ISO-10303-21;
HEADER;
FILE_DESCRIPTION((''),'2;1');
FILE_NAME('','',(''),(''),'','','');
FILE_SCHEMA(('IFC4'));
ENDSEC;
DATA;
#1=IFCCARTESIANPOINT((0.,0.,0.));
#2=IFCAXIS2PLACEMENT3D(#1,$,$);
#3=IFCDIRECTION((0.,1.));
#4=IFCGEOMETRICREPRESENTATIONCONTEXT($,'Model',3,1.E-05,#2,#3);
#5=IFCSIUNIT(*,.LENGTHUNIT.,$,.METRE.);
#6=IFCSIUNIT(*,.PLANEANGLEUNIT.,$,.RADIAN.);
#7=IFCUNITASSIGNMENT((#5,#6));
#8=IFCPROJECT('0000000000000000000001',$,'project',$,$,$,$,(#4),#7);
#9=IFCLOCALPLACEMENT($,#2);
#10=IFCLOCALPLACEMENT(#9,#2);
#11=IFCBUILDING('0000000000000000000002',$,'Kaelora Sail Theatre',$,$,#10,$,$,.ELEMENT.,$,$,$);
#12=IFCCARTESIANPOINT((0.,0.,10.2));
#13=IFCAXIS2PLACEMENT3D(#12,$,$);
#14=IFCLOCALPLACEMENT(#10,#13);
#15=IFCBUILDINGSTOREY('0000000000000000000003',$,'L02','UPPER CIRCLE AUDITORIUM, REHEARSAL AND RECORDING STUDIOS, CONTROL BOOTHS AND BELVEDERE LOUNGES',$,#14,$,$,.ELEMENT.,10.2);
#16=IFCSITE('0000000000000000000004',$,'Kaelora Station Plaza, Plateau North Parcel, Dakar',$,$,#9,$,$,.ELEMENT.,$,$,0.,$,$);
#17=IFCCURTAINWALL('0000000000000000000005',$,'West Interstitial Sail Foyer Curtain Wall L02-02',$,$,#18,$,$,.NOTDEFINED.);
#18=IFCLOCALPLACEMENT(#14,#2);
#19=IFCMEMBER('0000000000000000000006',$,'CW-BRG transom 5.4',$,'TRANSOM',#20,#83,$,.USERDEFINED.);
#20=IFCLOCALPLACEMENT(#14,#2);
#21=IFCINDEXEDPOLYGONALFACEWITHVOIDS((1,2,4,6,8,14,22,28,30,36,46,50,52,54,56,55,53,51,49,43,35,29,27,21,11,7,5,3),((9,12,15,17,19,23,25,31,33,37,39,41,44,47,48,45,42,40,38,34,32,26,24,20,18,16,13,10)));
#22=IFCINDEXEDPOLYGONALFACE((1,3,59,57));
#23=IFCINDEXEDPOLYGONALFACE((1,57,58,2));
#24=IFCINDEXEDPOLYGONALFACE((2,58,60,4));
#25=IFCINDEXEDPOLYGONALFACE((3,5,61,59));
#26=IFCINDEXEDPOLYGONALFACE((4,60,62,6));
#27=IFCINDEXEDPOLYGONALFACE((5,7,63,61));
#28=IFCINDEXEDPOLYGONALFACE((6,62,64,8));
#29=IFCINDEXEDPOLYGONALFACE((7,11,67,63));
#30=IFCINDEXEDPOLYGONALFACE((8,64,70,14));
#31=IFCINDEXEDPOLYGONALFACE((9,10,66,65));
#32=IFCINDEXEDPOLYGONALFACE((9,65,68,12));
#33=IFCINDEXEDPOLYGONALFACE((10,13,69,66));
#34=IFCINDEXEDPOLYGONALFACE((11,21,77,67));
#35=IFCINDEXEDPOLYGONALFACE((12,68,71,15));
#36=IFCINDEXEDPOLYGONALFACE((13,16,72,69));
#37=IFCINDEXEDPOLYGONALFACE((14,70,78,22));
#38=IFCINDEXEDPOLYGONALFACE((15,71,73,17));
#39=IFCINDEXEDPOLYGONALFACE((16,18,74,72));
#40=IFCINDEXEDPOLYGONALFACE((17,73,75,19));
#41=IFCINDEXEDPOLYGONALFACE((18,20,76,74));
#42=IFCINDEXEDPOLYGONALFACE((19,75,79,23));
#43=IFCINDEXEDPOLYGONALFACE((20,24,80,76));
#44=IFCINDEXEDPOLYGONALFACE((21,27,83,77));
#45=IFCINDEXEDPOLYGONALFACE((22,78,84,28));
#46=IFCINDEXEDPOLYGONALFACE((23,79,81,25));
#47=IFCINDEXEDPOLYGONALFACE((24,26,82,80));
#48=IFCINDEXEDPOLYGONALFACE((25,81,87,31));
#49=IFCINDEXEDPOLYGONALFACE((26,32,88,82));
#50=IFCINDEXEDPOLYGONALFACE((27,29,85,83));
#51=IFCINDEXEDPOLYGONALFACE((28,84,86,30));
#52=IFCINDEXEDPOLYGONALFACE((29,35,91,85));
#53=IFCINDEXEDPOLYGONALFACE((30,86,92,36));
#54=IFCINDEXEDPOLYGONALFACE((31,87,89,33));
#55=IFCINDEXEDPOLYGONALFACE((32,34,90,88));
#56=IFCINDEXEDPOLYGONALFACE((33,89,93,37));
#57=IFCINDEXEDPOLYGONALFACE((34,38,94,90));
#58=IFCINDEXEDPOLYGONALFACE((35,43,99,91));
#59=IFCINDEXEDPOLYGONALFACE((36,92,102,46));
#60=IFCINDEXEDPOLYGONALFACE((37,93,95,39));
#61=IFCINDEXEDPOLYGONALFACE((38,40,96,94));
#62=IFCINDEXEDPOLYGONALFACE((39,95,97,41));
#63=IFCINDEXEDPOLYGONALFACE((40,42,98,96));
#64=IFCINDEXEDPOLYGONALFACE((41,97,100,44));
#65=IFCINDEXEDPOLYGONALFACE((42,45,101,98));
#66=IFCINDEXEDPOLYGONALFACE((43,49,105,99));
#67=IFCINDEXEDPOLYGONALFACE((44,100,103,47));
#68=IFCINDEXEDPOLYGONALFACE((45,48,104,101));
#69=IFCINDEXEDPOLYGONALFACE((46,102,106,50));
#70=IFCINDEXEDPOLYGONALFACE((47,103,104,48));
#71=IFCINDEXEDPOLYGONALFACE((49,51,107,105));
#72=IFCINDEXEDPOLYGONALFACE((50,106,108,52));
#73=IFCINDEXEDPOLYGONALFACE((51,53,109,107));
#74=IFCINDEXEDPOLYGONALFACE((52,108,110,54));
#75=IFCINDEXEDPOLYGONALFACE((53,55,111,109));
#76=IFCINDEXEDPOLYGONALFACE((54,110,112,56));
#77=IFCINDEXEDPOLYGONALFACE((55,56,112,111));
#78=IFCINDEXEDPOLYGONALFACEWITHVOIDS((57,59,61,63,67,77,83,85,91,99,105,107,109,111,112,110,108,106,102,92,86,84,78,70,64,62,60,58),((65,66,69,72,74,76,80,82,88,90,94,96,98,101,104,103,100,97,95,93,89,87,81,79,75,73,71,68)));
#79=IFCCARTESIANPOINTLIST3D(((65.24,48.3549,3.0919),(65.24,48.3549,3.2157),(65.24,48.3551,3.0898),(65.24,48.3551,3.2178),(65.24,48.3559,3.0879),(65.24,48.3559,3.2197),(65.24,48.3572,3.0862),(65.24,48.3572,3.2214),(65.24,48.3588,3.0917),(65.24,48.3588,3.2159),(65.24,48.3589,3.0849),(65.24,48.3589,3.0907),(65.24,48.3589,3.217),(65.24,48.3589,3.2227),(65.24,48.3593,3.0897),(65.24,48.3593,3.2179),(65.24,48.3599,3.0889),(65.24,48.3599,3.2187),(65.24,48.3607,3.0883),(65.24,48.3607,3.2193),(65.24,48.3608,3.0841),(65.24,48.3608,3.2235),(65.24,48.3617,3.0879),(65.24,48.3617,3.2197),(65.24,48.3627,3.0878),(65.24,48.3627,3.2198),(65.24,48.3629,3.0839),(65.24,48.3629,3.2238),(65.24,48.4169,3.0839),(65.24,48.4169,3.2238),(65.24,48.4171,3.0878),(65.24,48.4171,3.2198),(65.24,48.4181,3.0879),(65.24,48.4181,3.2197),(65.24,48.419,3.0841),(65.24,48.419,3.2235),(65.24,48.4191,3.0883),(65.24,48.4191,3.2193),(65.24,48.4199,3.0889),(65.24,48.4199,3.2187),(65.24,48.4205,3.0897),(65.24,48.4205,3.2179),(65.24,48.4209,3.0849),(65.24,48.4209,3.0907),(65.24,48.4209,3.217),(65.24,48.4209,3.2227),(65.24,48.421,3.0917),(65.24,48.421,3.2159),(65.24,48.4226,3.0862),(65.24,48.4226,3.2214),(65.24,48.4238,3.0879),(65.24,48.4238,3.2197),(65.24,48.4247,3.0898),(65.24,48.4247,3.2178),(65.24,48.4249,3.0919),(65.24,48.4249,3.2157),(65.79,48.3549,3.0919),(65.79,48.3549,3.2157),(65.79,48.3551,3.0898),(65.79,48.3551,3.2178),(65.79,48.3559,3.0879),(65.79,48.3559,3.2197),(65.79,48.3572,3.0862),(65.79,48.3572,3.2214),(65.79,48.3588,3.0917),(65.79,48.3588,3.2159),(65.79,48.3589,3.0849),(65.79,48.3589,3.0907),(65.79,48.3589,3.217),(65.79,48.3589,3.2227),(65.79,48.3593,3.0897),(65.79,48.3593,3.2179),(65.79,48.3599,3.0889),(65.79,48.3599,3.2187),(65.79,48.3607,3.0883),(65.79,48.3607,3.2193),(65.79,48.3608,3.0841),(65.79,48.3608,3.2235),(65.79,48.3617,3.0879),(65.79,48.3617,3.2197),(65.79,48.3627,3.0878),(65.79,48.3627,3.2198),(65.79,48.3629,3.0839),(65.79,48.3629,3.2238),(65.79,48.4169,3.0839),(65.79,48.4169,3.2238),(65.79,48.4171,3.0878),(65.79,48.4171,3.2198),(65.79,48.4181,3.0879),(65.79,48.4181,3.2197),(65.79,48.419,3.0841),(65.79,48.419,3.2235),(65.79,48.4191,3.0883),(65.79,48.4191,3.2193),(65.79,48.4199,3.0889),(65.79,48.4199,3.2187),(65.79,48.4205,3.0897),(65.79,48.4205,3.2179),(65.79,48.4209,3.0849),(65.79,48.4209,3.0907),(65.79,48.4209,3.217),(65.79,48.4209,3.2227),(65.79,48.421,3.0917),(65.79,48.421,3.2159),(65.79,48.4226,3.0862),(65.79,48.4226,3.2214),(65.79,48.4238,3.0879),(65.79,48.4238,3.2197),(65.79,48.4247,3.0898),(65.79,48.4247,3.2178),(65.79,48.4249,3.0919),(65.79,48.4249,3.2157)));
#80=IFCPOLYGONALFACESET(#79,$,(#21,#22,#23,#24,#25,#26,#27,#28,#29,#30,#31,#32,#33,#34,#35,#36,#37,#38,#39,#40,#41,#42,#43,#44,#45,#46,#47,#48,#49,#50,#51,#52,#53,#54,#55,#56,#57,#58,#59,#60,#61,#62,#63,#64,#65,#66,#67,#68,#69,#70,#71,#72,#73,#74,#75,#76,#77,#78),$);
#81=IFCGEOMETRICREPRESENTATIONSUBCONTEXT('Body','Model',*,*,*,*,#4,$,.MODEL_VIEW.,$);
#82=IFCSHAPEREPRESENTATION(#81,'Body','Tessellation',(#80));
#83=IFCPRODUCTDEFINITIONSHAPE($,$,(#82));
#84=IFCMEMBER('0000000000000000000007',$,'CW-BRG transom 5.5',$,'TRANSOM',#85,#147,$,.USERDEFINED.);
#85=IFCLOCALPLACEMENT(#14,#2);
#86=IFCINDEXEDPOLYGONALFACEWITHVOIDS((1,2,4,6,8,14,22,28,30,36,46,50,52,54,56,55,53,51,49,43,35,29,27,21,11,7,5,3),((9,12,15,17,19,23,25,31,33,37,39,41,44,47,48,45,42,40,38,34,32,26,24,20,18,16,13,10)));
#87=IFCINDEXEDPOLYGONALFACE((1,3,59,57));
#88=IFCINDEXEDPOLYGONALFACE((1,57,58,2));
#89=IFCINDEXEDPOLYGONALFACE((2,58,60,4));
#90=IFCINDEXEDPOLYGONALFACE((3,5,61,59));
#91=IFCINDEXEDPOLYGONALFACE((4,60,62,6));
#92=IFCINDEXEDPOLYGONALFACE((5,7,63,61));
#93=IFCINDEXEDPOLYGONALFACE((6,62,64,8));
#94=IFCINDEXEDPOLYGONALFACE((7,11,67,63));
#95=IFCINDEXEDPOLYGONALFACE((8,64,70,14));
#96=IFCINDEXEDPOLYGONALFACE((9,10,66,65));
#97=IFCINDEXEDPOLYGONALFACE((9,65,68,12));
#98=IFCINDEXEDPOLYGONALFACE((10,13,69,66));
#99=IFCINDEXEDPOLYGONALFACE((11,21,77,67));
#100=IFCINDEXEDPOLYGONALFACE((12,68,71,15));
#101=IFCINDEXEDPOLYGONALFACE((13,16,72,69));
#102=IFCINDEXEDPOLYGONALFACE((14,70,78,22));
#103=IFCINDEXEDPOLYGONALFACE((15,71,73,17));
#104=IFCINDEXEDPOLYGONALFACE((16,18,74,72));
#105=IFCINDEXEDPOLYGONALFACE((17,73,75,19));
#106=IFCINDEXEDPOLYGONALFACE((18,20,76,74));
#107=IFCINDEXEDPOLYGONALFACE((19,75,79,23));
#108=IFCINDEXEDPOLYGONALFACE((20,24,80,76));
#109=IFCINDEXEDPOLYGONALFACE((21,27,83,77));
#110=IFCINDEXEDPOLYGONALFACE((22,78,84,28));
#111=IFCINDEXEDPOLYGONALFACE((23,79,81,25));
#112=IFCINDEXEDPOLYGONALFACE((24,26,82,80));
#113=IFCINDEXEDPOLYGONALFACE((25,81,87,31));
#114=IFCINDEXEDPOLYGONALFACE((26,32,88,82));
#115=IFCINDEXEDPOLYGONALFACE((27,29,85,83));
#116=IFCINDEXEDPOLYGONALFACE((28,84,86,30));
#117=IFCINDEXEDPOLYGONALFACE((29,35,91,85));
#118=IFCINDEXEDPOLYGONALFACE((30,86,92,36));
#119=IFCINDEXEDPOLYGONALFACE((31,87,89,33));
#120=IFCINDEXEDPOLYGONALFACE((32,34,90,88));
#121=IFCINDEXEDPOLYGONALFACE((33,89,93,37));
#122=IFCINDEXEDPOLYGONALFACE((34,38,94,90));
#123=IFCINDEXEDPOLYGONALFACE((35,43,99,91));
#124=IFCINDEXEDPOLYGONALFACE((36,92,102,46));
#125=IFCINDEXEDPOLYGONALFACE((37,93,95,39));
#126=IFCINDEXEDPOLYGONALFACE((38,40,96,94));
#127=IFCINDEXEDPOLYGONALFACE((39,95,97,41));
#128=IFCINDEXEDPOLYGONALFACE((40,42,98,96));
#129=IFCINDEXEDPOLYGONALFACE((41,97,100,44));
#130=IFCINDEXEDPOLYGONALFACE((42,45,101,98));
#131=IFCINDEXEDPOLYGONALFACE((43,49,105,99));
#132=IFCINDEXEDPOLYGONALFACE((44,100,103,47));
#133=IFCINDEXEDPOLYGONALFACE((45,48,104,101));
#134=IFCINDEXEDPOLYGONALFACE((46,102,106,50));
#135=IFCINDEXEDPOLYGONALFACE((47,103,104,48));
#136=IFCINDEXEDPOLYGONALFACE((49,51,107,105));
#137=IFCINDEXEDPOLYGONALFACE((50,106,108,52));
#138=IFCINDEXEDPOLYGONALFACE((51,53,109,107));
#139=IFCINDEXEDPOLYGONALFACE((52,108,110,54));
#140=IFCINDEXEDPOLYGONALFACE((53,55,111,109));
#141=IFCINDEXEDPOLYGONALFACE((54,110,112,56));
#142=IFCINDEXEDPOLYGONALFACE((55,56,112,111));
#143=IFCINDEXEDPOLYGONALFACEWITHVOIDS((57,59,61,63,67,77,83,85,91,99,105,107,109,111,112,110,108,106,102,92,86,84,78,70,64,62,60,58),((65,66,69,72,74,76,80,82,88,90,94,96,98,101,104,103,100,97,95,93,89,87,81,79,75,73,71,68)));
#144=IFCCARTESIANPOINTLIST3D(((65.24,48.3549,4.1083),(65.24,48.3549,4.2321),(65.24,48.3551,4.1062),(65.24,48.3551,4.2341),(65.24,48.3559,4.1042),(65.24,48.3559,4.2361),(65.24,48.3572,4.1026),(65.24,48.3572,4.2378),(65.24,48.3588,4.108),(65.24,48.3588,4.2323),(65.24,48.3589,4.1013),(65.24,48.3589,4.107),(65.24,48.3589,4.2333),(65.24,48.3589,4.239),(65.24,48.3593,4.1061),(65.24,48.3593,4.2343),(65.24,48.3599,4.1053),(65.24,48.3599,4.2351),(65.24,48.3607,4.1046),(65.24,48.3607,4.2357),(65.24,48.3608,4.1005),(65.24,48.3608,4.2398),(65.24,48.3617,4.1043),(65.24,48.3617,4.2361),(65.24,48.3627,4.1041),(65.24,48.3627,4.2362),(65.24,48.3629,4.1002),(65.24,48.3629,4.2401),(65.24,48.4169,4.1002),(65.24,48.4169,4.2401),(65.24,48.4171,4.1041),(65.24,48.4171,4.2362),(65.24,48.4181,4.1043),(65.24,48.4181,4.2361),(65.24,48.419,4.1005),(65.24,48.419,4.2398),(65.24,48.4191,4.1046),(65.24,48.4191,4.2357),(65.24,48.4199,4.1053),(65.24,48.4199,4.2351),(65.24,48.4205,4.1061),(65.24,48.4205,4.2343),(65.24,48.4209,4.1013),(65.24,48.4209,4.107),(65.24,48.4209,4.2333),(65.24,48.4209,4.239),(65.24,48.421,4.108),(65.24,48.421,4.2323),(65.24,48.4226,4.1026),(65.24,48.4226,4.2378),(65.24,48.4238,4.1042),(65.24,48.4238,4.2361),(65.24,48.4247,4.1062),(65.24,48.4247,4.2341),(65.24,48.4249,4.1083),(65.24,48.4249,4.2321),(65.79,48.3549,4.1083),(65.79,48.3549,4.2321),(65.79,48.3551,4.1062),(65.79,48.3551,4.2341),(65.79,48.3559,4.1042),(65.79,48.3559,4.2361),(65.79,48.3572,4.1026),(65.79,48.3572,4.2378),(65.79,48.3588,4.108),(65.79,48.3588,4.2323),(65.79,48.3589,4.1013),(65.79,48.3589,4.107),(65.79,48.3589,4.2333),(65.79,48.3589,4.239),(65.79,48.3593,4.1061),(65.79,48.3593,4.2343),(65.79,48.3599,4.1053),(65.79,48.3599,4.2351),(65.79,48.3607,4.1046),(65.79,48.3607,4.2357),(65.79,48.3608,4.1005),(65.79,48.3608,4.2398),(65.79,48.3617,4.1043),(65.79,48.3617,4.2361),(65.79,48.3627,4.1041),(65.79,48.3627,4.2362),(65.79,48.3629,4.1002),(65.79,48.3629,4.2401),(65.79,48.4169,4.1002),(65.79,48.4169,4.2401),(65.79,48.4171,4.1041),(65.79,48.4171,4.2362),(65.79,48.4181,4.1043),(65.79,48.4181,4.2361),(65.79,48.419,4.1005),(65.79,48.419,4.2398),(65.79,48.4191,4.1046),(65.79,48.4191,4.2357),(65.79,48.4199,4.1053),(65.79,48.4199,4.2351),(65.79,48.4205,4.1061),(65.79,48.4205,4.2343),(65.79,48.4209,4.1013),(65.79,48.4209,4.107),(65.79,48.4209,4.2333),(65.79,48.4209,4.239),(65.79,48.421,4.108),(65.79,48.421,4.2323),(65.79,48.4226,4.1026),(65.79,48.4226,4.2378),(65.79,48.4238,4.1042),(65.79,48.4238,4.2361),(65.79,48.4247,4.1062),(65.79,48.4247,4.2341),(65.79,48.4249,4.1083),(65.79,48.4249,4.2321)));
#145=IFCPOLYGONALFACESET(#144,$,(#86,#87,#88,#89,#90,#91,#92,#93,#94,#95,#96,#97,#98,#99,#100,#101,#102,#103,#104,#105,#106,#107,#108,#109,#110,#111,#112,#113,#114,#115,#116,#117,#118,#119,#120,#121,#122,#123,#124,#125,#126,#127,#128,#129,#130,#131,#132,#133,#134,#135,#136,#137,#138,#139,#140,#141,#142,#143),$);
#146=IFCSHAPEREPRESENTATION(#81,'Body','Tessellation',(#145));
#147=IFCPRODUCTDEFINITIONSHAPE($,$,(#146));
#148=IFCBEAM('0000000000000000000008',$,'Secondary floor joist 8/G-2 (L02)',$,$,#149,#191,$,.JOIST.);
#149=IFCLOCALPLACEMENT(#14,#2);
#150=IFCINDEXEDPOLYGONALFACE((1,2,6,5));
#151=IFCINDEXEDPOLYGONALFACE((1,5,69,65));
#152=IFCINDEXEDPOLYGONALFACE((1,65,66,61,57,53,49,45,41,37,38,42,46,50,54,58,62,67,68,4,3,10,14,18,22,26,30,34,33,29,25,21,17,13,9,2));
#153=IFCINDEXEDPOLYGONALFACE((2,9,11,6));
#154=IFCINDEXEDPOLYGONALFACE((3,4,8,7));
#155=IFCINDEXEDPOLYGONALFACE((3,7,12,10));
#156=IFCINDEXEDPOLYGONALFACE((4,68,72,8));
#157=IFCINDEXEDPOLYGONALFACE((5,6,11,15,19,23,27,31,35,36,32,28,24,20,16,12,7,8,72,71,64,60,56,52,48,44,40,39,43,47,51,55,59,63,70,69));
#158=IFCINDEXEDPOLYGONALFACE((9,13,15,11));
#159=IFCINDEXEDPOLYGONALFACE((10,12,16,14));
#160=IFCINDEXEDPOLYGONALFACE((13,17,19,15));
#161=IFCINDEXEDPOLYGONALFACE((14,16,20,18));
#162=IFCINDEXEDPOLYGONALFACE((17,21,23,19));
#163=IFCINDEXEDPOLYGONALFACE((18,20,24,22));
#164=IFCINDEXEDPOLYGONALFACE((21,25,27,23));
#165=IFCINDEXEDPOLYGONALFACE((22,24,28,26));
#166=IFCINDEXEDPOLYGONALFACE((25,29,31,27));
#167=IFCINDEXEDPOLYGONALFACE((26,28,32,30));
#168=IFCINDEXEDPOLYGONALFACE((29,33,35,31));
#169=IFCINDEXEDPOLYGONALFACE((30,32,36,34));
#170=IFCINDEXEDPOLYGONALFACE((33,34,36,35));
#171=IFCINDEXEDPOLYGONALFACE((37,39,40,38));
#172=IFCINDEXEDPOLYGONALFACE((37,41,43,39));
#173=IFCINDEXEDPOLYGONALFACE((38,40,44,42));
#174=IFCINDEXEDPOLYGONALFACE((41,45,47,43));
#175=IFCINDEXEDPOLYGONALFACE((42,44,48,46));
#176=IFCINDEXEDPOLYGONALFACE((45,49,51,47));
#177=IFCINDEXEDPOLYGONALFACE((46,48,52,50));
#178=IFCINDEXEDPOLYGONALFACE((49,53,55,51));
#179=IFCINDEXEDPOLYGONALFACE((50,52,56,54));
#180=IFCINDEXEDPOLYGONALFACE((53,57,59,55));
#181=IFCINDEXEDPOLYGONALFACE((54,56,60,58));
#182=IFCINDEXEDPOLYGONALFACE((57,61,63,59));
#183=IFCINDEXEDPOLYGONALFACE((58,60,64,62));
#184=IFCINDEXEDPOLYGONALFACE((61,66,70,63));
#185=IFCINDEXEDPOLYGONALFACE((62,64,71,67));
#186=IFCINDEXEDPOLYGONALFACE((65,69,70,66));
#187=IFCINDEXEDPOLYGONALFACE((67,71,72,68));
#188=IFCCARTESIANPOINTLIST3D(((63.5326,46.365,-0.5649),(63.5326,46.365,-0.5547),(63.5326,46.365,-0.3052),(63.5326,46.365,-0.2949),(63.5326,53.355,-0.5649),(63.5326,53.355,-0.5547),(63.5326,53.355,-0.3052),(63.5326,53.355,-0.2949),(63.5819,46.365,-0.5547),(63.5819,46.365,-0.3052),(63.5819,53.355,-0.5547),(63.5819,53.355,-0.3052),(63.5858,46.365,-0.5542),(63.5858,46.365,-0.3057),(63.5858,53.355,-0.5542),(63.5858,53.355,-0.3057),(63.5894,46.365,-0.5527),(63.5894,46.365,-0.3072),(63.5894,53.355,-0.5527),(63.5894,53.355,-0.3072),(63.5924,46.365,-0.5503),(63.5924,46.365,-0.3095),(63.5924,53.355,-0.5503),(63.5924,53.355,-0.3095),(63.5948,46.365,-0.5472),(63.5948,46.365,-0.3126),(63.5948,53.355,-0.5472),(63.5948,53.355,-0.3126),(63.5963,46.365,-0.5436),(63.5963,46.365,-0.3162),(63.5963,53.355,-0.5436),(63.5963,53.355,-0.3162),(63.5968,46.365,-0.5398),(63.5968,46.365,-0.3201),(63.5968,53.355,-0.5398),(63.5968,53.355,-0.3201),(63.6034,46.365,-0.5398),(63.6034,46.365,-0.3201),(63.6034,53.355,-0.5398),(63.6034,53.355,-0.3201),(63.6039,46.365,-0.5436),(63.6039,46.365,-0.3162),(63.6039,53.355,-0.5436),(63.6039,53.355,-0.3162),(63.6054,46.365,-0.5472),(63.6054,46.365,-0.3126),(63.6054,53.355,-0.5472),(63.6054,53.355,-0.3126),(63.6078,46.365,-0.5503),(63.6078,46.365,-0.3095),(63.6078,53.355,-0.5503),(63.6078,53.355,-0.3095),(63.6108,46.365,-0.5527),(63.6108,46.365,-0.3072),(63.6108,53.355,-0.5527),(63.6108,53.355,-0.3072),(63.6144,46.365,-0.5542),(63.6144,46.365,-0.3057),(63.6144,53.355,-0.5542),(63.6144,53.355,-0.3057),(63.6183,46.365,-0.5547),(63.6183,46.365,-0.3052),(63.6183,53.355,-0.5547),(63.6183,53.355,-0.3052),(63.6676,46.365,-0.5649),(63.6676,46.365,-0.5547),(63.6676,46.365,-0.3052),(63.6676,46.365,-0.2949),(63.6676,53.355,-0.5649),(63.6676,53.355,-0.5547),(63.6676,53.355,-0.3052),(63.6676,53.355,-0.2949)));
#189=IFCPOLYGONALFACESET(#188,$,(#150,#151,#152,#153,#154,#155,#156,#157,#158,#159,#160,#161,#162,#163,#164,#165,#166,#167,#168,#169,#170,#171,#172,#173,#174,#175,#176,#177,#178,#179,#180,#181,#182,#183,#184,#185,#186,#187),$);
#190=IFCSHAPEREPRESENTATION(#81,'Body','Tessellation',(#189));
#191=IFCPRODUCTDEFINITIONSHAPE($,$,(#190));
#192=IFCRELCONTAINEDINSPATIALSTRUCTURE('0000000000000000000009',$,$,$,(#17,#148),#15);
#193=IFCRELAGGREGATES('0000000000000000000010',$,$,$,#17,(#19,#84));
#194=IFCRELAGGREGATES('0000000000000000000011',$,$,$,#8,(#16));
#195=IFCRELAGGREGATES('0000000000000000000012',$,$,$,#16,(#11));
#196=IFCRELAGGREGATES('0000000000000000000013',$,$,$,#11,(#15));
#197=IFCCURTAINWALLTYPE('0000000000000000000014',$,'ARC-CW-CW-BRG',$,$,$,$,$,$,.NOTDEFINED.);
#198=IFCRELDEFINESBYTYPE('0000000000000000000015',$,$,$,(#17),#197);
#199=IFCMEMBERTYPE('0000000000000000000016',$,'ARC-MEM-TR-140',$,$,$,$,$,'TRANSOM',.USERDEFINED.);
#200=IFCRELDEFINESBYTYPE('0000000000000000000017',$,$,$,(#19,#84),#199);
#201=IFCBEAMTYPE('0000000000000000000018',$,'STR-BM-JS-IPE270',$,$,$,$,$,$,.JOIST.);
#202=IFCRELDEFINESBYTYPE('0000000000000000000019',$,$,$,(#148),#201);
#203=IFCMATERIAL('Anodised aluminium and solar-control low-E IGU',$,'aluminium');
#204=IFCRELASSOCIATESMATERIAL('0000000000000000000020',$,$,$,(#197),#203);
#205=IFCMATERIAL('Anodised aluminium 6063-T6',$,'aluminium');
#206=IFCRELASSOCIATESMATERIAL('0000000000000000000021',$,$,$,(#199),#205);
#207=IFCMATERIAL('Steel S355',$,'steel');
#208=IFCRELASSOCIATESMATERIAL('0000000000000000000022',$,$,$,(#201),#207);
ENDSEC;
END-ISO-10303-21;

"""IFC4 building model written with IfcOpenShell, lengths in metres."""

from ifc_helpers import new_model, si_unit, direction, frame, origin, origin_2d, place, context, subcontext, project, spatial, hollow_rectangle, i_section, extrude, material, material_profile, profile_set, type_object, element, aggregate, save


model = new_model("IFC4")

# Units and contexts
model_context = context("Model", 3, precision=1e-05, world=origin(), true_north=direction((0.0, 1.0)))
body_context = subcontext(model_context, "Body", "Model", "MODEL_VIEW")
ifc_project = project(units=[si_unit("LENGTHUNIT", "METRE"), si_unit("PLANEANGLEUNIT", "RADIAN")], contexts=[model_context])

# Site, building, storey
site_placement = place(None, origin())
site = spatial("IfcSite", under=ifc_project, at=site_placement, Name="Kaelora Station Plaza, Plateau North Parcel, Dakar", CompositionType="ELEMENT", RefElevation=0.0)
building_placement = place(site_placement, origin())
building = spatial("IfcBuilding", under=site, at=building_placement, Name="Kaelora Sail Theatre", CompositionType="ELEMENT")
storey_placement = place(building_placement, frame((0.0, 0.0, 10.2)))
storey = spatial("IfcBuildingStorey", under=building, at=storey_placement, Name="L02", Description="UPPER CIRCLE AUDITORIUM, REHEARSAL AND RECORDING STUDIOS, CONTROL BOOTHS AND BELVEDERE LOUNGES", CompositionType="ELEMENT", Elevation=10.2)

# Curtain wall, members
ifc_material_1 = material(Name="Anodised aluminium and solar-control low-E IGU", Category="aluminium")
curtain_wall_type = type_object("IfcCurtainWallType", Name="ARC-CW-CW-BRG", PredefinedType="NOTDEFINED", material=ifc_material_1)
curtain_wall_placement = place(storey_placement, origin())
curtain_wall = element("IfcCurtainWall", 1, at=curtain_wall_placement, inside=storey, type_object=curtain_wall_type, Name="West Interstitial Sail Foyer Curtain Wall L02-02", PredefinedType="NOTDEFINED")
ifc_material_2 = material(Name="Anodised aluminium 6063-T6", Category="aluminium")
ifc_material_profile_1 = material_profile(ifc_material_2, hollow_rectangle(XDim=0.0701, YDim=0.1399, WallThickness=0.0039, InnerFilletRadius=0.0039, OuterFilletRadius=0.0081, at=origin_2d()), Name="ALU-TRAN 70x140x4")
ifc_profile_set_1 = profile_set([ifc_material_profile_1], Name="Anodised aluminium 6063-T6")
member_type_1 = type_object("IfcMemberType", Name="ARC-MEM-TR-140", ElementType="TRANSOM", PredefinedType="USERDEFINED", material=ifc_profile_set_1)
member_1_placement = place(storey_placement, frame((65.24, 48.3899, 3.1538), z_axis=(1.0, 0.0, 0.0), x_axis=(0.0, 1.0, 0.0)))
member_1 = element("IfcMember", 2, at=member_1_placement, type_object=member_type_1, Name="CW-BRG transom 5.4", ObjectType="TRANSOM", PredefinedType="USERDEFINED", context=body_context, shape_type="SweptSolid", body=[
    extrude(hollow_rectangle(XDim=0.0701, YDim=0.1399, WallThickness=0.0039, InnerFilletRadius=0.0039, OuterFilletRadius=0.0081, at=origin_2d()), origin(), (0.0, 0.0, 1.0), 0.55),
])
member_2_placement = place(storey_placement, frame((65.24, 48.3899, 4.1702), z_axis=(1.0, 0.0, 0.0), x_axis=(0.0, 1.0, 0.0)))
member_2 = element("IfcMember", 3, at=member_2_placement, type_object=member_type_1, Name="CW-BRG transom 5.5", ObjectType="TRANSOM", PredefinedType="USERDEFINED", context=body_context, shape_type="SweptSolid", body=[
    extrude(hollow_rectangle(XDim=0.0701, YDim=0.1399, WallThickness=0.0039, InnerFilletRadius=0.0039, OuterFilletRadius=0.0081, at=origin_2d()), origin(), (0.0, 0.0, 1.0), 0.55),
])

# Beam
ifc_material_3 = material(Name="Steel S355", Category="steel")
ifc_material_profile_2 = material_profile(ifc_material_3, i_section(OverallWidth=0.135, OverallDepth=0.27, WebThickness=0.0066, FlangeThickness=0.0103, FilletRadius=0.0149, at=origin_2d()), Name="IPE 270")
ifc_profile_set_2 = profile_set([ifc_material_profile_2], Name="Steel S355")
beam_type = type_object("IfcBeamType", Name="STR-BM-JS-IPE270", PredefinedType="JOIST", material=ifc_profile_set_2)
beam_placement = place(storey_placement, frame((63.6001, 46.365, -0.4299), z_axis=(0.0, 1.0, 0.0), x_axis=(-1.0, 0.0, 0.0)))
element("IfcBeam", 4, at=beam_placement, inside=storey, type_object=beam_type, Name="Secondary floor joist 8/G-2 (L02)", PredefinedType="JOIST", context=body_context, shape_type="SweptSolid", body=[
    extrude(i_section(OverallWidth=0.135, OverallDepth=0.27, WebThickness=0.0066, FlangeThickness=0.0103, FilletRadius=0.0149, at=origin_2d()), origin(), (0.0, 0.0, 1.0), 6.99),
])

aggregate(curtain_wall, [member_1, member_2])

save(model, "model.ifc")
